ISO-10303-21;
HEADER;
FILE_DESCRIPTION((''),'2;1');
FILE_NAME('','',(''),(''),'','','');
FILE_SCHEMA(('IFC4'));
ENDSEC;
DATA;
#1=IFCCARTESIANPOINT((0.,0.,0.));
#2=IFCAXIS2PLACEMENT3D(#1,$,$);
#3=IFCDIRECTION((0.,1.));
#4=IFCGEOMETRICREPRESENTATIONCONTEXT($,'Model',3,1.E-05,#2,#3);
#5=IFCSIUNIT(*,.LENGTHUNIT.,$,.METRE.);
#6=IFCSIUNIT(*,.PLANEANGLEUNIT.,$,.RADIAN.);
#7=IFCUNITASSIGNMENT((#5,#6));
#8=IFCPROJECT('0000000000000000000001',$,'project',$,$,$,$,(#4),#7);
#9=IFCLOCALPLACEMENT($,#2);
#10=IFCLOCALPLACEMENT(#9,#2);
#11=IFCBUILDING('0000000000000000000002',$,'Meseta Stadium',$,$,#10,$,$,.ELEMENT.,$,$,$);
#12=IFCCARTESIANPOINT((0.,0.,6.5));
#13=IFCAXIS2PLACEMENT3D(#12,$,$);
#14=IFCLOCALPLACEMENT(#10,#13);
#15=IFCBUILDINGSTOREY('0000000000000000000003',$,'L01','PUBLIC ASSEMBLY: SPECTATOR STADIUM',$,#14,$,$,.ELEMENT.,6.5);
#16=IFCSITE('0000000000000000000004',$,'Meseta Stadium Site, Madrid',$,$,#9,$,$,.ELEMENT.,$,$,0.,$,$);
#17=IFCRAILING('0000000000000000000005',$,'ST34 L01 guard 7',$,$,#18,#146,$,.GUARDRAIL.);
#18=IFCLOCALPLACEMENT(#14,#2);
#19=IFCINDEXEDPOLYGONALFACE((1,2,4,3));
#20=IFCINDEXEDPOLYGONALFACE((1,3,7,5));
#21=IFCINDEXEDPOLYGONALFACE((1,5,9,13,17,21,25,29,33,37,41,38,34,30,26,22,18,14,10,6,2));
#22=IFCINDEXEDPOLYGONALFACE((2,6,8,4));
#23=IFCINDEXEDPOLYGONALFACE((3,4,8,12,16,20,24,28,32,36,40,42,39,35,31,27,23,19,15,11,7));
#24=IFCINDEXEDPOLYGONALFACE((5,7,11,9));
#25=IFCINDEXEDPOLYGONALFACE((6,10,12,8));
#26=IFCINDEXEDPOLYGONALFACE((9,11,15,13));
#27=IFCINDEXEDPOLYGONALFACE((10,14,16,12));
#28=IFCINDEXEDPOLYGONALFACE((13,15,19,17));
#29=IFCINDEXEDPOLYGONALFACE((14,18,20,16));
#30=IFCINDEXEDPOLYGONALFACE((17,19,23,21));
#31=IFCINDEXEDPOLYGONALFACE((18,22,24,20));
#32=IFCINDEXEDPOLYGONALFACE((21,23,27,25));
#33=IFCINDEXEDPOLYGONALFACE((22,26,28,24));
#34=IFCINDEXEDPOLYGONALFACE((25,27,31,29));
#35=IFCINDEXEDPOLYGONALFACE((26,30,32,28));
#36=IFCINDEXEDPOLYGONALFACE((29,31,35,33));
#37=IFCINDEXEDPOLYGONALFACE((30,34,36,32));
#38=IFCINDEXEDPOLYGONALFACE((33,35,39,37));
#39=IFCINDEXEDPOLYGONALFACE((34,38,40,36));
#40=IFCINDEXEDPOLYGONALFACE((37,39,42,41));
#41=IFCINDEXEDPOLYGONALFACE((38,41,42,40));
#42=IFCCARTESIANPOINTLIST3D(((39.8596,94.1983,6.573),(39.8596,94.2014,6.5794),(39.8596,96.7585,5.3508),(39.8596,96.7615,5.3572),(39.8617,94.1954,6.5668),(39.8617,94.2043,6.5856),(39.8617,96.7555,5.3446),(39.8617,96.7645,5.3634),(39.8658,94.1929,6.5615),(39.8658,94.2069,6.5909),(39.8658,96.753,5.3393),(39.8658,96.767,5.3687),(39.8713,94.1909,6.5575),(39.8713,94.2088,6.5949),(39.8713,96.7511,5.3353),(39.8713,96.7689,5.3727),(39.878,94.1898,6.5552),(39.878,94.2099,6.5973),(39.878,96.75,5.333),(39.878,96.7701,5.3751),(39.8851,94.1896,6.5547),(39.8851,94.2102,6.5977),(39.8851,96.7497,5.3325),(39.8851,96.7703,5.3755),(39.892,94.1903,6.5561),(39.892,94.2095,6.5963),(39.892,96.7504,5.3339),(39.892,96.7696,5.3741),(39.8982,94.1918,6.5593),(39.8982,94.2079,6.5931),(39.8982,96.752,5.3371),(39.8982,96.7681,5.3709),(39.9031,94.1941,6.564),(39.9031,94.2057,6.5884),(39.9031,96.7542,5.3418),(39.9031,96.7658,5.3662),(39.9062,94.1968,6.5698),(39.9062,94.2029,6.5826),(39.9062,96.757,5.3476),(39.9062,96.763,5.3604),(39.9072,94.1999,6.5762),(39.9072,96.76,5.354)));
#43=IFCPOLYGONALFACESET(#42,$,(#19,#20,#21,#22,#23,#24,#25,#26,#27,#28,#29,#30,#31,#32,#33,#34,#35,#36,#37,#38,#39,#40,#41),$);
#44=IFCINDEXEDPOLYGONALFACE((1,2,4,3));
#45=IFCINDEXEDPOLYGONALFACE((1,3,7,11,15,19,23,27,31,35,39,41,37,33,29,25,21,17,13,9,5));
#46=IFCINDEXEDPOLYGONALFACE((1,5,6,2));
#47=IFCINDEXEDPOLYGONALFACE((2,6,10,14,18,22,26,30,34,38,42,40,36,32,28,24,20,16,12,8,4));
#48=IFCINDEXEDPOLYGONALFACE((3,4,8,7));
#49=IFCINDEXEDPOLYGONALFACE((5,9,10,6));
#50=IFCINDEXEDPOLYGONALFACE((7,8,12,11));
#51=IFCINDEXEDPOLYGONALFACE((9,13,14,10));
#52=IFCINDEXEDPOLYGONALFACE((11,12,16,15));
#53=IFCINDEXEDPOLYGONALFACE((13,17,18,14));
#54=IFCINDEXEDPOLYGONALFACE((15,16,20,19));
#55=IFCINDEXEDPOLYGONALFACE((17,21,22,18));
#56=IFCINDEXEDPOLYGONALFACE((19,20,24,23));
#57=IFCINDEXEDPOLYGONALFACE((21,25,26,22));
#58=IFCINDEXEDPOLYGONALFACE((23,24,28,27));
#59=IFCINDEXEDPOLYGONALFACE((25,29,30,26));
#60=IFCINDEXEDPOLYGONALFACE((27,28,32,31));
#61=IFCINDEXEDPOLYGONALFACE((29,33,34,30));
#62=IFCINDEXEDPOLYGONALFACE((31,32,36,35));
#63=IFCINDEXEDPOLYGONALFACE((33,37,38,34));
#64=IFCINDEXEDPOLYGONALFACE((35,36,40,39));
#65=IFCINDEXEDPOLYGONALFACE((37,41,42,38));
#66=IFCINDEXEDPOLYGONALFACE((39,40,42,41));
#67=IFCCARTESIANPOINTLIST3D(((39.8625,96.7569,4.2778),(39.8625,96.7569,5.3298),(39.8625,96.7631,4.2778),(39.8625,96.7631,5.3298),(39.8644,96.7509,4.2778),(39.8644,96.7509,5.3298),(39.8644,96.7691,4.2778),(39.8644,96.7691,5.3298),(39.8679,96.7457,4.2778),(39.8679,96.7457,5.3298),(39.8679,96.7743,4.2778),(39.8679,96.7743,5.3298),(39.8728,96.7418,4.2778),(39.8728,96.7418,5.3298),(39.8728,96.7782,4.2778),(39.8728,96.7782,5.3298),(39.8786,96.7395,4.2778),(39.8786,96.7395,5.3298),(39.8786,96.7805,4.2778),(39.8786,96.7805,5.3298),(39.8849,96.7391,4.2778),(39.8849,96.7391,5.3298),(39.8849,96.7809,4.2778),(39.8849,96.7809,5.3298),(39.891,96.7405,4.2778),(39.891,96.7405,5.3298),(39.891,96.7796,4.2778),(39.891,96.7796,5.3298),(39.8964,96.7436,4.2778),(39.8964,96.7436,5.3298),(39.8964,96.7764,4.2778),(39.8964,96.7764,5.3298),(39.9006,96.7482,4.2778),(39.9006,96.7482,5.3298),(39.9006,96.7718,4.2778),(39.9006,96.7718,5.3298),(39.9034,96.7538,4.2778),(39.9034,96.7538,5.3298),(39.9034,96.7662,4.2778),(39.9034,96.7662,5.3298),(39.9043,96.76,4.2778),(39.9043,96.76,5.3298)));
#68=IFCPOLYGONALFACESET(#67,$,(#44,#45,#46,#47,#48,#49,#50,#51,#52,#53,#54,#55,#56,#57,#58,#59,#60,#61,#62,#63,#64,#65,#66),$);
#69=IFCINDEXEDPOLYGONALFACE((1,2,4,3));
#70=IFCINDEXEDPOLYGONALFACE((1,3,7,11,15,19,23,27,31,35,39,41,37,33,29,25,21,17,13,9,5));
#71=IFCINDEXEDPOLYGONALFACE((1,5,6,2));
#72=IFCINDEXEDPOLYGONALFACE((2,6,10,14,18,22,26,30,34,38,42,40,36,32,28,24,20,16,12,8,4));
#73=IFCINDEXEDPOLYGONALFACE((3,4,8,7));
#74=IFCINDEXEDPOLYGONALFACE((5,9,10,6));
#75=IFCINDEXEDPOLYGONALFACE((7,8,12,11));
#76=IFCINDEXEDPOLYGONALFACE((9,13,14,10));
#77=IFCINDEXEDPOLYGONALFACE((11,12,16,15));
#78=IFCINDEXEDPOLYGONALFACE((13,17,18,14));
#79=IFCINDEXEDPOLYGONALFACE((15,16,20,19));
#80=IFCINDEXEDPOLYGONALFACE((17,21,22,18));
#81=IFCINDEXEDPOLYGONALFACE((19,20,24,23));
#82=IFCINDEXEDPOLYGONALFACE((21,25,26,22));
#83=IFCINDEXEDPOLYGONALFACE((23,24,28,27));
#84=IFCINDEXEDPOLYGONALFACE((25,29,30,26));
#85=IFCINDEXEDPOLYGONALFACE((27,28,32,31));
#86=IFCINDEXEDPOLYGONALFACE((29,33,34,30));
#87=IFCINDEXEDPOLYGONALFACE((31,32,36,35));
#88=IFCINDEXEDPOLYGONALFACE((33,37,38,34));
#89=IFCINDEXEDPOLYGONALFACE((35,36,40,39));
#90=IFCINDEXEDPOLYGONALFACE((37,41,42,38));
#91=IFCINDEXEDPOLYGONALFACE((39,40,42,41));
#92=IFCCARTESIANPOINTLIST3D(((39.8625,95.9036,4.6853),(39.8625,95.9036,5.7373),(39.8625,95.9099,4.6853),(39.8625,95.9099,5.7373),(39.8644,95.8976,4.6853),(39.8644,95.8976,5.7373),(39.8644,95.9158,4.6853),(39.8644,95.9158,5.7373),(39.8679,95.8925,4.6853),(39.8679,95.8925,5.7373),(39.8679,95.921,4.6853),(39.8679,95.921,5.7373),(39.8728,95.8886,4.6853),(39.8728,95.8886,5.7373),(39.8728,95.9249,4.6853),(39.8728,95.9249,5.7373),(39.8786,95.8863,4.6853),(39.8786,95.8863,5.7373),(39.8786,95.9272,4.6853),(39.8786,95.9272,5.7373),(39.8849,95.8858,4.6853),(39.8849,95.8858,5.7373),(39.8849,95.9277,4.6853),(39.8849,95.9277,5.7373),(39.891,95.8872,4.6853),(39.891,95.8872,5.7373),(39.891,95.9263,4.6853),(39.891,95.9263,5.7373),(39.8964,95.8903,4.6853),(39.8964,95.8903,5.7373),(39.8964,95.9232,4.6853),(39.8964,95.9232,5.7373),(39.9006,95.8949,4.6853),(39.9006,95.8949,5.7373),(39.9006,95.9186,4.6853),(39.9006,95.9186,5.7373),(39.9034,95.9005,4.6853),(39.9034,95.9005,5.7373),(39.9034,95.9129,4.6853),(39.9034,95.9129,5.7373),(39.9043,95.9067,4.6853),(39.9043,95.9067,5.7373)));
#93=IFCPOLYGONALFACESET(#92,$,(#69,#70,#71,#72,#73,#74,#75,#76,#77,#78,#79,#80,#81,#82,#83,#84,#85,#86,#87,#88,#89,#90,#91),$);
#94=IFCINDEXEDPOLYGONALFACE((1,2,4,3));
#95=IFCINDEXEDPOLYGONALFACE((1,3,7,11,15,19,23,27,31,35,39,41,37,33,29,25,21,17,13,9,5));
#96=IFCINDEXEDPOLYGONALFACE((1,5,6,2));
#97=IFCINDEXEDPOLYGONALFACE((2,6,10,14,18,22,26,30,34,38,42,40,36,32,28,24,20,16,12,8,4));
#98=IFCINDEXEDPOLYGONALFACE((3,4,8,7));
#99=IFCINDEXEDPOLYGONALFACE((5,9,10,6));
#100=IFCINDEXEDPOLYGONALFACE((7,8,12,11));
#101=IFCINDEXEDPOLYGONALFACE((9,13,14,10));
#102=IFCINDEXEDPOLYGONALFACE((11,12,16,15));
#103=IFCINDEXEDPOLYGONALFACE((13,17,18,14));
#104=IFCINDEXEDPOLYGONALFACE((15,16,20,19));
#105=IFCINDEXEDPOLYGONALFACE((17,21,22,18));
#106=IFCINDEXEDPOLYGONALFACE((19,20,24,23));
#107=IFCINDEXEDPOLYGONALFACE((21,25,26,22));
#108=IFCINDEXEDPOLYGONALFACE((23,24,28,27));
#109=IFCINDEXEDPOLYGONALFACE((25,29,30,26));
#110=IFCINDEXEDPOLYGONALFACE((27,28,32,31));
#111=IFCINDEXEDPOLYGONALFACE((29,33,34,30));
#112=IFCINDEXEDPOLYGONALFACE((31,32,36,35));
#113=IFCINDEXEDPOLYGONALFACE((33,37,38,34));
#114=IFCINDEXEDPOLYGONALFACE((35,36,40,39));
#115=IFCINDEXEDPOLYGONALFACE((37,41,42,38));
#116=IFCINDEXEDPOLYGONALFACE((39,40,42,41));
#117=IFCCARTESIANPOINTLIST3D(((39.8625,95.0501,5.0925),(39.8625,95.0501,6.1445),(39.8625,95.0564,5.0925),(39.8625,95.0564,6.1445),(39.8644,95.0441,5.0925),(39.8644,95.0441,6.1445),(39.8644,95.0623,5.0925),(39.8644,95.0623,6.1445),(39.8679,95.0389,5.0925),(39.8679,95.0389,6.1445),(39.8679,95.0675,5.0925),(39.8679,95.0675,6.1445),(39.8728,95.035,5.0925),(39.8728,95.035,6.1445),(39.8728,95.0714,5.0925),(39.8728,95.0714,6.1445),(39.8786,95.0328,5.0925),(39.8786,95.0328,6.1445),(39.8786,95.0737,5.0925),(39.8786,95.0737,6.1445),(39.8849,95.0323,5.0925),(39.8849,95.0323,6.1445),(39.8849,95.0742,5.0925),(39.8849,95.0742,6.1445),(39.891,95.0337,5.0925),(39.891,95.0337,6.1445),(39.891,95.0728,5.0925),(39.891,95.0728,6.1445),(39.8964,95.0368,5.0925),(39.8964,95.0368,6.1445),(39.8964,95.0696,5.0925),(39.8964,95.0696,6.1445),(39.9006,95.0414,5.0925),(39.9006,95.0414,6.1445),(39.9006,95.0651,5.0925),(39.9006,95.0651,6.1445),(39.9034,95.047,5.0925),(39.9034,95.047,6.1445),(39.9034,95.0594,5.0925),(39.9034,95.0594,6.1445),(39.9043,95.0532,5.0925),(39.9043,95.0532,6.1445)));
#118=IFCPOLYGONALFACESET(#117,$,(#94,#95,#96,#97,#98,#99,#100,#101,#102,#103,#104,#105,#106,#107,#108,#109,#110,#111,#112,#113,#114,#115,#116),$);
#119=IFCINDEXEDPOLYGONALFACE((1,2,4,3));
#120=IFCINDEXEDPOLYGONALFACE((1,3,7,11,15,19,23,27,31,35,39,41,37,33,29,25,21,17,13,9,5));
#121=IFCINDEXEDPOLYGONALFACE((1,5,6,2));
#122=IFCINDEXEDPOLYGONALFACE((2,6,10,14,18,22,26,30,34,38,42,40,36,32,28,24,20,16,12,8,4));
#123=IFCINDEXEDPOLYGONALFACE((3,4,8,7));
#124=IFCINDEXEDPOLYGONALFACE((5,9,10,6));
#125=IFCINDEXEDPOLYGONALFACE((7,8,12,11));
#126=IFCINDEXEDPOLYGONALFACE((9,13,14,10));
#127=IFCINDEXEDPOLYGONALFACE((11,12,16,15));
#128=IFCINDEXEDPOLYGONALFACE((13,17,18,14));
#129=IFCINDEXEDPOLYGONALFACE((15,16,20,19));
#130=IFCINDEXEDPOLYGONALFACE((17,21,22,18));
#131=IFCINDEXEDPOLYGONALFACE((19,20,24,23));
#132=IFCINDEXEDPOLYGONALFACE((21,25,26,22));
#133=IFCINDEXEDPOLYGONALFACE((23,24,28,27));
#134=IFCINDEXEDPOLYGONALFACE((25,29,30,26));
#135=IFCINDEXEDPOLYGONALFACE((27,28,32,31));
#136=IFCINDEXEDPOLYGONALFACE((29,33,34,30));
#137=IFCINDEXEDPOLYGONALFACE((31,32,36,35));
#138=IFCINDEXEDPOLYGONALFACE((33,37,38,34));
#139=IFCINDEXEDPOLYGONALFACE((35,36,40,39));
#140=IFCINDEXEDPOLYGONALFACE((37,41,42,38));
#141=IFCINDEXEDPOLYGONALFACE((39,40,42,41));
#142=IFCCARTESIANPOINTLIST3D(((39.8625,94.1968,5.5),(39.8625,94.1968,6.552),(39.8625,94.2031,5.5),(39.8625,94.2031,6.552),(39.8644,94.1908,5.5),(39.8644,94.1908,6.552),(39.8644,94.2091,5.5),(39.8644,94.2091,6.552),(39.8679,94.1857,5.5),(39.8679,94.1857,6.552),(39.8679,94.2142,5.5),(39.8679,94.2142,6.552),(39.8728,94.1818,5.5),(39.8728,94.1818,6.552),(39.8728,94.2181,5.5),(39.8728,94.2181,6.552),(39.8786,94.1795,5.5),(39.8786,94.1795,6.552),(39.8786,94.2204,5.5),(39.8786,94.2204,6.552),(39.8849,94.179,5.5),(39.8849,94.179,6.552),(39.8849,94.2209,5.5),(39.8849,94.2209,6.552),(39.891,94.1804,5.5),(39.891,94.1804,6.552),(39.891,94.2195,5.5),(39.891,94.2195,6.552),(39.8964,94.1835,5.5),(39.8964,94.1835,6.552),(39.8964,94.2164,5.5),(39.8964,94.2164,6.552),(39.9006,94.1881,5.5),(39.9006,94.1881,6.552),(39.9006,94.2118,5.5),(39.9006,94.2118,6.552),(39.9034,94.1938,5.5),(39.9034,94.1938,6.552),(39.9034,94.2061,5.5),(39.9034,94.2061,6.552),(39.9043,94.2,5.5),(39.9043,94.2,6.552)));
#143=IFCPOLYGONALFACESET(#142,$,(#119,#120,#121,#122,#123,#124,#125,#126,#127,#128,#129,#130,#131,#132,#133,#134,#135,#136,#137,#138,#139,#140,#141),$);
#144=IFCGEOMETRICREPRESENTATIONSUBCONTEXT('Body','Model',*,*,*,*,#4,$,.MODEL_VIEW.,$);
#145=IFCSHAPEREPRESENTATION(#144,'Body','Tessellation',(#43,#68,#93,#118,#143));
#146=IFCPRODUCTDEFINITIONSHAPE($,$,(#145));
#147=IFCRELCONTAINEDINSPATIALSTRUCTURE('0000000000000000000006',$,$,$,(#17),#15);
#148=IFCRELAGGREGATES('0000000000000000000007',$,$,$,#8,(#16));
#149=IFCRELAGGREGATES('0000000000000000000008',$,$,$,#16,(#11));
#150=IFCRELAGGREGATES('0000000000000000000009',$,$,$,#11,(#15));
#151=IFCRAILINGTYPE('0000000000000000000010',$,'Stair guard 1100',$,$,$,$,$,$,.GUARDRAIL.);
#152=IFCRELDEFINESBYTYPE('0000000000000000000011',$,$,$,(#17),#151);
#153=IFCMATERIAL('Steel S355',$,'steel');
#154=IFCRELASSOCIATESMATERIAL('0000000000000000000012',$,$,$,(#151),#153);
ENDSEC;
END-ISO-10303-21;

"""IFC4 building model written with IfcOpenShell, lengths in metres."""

from ifc_helpers import new_model, si_unit, direction, frame, origin, origin_2d, place, context, subcontext, project, spatial, circle, extrude, material, type_object, element, save


model = new_model("IFC4")

# Units and contexts
model_context = context("Model", 3, precision=1e-05, world=origin(), true_north=direction((0.0, 1.0)))
body_context = subcontext(model_context, "Body", "Model", "MODEL_VIEW")
ifc_project = project(units=[si_unit("LENGTHUNIT", "METRE"), si_unit("PLANEANGLEUNIT", "RADIAN")], contexts=[model_context])

# Site, building, storey
site_placement = place(None, origin())
site = spatial("IfcSite", under=ifc_project, at=site_placement, Name="Meseta Stadium Site, Madrid", CompositionType="ELEMENT", RefElevation=0.0)
building_placement = place(site_placement, origin())
building = spatial("IfcBuilding", under=site, at=building_placement, Name="Meseta Stadium", CompositionType="ELEMENT")
storey_placement = place(building_placement, frame((0.0, 0.0, 6.5)))
storey = spatial("IfcBuildingStorey", under=building, at=storey_placement, Name="L01", Description="PUBLIC ASSEMBLY: SPECTATOR STADIUM", CompositionType="ELEMENT", Elevation=6.5)

# Railing
ifc_material_1 = material(Name="Steel S355", Category="steel")
railing_type_1 = type_object("IfcRailingType", Name="Stair guard 1100", PredefinedType="GUARDRAIL", material=ifc_material_1)
railing_1_placement = place(storey_placement, frame((39.8833, 96.76, 4.2778)))
element("IfcRailing", 1, at=railing_1_placement, inside=storey, type_object=railing_type_1, Name="ST34 L01 guard 7", PredefinedType="GUARDRAIL", context=body_context, shape_type="SweptSolid", body=[
    extrude(circle(Radius=0.0239, at=origin_2d()), frame((0.0, 0.0, 1.0762), z_axis=(0.0, -0.902437, 0.430822), x_axis=(1.0, 0.0, 0.0)), (0.0, 0.0, 1.0), 2.8369),
    extrude(circle(Radius=0.021, at=origin_2d()), origin(), (0.0, 0.0, 1.0), 1.052),
    extrude(circle(Radius=0.021, at=origin_2d()), frame((0.0, -0.8533, 0.4075)), (0.0, 0.0, 1.0), 1.052),
    extrude(circle(Radius=0.021, at=origin_2d()), frame((0.0, -1.7068, 0.8147)), (0.0, 0.0, 1.0), 1.052),
    extrude(circle(Radius=0.021, at=origin_2d()), frame((0.0, -2.5601, 1.2222)), (0.0, 0.0, 1.0), 1.052),
])

save(model, "model.ifc")
